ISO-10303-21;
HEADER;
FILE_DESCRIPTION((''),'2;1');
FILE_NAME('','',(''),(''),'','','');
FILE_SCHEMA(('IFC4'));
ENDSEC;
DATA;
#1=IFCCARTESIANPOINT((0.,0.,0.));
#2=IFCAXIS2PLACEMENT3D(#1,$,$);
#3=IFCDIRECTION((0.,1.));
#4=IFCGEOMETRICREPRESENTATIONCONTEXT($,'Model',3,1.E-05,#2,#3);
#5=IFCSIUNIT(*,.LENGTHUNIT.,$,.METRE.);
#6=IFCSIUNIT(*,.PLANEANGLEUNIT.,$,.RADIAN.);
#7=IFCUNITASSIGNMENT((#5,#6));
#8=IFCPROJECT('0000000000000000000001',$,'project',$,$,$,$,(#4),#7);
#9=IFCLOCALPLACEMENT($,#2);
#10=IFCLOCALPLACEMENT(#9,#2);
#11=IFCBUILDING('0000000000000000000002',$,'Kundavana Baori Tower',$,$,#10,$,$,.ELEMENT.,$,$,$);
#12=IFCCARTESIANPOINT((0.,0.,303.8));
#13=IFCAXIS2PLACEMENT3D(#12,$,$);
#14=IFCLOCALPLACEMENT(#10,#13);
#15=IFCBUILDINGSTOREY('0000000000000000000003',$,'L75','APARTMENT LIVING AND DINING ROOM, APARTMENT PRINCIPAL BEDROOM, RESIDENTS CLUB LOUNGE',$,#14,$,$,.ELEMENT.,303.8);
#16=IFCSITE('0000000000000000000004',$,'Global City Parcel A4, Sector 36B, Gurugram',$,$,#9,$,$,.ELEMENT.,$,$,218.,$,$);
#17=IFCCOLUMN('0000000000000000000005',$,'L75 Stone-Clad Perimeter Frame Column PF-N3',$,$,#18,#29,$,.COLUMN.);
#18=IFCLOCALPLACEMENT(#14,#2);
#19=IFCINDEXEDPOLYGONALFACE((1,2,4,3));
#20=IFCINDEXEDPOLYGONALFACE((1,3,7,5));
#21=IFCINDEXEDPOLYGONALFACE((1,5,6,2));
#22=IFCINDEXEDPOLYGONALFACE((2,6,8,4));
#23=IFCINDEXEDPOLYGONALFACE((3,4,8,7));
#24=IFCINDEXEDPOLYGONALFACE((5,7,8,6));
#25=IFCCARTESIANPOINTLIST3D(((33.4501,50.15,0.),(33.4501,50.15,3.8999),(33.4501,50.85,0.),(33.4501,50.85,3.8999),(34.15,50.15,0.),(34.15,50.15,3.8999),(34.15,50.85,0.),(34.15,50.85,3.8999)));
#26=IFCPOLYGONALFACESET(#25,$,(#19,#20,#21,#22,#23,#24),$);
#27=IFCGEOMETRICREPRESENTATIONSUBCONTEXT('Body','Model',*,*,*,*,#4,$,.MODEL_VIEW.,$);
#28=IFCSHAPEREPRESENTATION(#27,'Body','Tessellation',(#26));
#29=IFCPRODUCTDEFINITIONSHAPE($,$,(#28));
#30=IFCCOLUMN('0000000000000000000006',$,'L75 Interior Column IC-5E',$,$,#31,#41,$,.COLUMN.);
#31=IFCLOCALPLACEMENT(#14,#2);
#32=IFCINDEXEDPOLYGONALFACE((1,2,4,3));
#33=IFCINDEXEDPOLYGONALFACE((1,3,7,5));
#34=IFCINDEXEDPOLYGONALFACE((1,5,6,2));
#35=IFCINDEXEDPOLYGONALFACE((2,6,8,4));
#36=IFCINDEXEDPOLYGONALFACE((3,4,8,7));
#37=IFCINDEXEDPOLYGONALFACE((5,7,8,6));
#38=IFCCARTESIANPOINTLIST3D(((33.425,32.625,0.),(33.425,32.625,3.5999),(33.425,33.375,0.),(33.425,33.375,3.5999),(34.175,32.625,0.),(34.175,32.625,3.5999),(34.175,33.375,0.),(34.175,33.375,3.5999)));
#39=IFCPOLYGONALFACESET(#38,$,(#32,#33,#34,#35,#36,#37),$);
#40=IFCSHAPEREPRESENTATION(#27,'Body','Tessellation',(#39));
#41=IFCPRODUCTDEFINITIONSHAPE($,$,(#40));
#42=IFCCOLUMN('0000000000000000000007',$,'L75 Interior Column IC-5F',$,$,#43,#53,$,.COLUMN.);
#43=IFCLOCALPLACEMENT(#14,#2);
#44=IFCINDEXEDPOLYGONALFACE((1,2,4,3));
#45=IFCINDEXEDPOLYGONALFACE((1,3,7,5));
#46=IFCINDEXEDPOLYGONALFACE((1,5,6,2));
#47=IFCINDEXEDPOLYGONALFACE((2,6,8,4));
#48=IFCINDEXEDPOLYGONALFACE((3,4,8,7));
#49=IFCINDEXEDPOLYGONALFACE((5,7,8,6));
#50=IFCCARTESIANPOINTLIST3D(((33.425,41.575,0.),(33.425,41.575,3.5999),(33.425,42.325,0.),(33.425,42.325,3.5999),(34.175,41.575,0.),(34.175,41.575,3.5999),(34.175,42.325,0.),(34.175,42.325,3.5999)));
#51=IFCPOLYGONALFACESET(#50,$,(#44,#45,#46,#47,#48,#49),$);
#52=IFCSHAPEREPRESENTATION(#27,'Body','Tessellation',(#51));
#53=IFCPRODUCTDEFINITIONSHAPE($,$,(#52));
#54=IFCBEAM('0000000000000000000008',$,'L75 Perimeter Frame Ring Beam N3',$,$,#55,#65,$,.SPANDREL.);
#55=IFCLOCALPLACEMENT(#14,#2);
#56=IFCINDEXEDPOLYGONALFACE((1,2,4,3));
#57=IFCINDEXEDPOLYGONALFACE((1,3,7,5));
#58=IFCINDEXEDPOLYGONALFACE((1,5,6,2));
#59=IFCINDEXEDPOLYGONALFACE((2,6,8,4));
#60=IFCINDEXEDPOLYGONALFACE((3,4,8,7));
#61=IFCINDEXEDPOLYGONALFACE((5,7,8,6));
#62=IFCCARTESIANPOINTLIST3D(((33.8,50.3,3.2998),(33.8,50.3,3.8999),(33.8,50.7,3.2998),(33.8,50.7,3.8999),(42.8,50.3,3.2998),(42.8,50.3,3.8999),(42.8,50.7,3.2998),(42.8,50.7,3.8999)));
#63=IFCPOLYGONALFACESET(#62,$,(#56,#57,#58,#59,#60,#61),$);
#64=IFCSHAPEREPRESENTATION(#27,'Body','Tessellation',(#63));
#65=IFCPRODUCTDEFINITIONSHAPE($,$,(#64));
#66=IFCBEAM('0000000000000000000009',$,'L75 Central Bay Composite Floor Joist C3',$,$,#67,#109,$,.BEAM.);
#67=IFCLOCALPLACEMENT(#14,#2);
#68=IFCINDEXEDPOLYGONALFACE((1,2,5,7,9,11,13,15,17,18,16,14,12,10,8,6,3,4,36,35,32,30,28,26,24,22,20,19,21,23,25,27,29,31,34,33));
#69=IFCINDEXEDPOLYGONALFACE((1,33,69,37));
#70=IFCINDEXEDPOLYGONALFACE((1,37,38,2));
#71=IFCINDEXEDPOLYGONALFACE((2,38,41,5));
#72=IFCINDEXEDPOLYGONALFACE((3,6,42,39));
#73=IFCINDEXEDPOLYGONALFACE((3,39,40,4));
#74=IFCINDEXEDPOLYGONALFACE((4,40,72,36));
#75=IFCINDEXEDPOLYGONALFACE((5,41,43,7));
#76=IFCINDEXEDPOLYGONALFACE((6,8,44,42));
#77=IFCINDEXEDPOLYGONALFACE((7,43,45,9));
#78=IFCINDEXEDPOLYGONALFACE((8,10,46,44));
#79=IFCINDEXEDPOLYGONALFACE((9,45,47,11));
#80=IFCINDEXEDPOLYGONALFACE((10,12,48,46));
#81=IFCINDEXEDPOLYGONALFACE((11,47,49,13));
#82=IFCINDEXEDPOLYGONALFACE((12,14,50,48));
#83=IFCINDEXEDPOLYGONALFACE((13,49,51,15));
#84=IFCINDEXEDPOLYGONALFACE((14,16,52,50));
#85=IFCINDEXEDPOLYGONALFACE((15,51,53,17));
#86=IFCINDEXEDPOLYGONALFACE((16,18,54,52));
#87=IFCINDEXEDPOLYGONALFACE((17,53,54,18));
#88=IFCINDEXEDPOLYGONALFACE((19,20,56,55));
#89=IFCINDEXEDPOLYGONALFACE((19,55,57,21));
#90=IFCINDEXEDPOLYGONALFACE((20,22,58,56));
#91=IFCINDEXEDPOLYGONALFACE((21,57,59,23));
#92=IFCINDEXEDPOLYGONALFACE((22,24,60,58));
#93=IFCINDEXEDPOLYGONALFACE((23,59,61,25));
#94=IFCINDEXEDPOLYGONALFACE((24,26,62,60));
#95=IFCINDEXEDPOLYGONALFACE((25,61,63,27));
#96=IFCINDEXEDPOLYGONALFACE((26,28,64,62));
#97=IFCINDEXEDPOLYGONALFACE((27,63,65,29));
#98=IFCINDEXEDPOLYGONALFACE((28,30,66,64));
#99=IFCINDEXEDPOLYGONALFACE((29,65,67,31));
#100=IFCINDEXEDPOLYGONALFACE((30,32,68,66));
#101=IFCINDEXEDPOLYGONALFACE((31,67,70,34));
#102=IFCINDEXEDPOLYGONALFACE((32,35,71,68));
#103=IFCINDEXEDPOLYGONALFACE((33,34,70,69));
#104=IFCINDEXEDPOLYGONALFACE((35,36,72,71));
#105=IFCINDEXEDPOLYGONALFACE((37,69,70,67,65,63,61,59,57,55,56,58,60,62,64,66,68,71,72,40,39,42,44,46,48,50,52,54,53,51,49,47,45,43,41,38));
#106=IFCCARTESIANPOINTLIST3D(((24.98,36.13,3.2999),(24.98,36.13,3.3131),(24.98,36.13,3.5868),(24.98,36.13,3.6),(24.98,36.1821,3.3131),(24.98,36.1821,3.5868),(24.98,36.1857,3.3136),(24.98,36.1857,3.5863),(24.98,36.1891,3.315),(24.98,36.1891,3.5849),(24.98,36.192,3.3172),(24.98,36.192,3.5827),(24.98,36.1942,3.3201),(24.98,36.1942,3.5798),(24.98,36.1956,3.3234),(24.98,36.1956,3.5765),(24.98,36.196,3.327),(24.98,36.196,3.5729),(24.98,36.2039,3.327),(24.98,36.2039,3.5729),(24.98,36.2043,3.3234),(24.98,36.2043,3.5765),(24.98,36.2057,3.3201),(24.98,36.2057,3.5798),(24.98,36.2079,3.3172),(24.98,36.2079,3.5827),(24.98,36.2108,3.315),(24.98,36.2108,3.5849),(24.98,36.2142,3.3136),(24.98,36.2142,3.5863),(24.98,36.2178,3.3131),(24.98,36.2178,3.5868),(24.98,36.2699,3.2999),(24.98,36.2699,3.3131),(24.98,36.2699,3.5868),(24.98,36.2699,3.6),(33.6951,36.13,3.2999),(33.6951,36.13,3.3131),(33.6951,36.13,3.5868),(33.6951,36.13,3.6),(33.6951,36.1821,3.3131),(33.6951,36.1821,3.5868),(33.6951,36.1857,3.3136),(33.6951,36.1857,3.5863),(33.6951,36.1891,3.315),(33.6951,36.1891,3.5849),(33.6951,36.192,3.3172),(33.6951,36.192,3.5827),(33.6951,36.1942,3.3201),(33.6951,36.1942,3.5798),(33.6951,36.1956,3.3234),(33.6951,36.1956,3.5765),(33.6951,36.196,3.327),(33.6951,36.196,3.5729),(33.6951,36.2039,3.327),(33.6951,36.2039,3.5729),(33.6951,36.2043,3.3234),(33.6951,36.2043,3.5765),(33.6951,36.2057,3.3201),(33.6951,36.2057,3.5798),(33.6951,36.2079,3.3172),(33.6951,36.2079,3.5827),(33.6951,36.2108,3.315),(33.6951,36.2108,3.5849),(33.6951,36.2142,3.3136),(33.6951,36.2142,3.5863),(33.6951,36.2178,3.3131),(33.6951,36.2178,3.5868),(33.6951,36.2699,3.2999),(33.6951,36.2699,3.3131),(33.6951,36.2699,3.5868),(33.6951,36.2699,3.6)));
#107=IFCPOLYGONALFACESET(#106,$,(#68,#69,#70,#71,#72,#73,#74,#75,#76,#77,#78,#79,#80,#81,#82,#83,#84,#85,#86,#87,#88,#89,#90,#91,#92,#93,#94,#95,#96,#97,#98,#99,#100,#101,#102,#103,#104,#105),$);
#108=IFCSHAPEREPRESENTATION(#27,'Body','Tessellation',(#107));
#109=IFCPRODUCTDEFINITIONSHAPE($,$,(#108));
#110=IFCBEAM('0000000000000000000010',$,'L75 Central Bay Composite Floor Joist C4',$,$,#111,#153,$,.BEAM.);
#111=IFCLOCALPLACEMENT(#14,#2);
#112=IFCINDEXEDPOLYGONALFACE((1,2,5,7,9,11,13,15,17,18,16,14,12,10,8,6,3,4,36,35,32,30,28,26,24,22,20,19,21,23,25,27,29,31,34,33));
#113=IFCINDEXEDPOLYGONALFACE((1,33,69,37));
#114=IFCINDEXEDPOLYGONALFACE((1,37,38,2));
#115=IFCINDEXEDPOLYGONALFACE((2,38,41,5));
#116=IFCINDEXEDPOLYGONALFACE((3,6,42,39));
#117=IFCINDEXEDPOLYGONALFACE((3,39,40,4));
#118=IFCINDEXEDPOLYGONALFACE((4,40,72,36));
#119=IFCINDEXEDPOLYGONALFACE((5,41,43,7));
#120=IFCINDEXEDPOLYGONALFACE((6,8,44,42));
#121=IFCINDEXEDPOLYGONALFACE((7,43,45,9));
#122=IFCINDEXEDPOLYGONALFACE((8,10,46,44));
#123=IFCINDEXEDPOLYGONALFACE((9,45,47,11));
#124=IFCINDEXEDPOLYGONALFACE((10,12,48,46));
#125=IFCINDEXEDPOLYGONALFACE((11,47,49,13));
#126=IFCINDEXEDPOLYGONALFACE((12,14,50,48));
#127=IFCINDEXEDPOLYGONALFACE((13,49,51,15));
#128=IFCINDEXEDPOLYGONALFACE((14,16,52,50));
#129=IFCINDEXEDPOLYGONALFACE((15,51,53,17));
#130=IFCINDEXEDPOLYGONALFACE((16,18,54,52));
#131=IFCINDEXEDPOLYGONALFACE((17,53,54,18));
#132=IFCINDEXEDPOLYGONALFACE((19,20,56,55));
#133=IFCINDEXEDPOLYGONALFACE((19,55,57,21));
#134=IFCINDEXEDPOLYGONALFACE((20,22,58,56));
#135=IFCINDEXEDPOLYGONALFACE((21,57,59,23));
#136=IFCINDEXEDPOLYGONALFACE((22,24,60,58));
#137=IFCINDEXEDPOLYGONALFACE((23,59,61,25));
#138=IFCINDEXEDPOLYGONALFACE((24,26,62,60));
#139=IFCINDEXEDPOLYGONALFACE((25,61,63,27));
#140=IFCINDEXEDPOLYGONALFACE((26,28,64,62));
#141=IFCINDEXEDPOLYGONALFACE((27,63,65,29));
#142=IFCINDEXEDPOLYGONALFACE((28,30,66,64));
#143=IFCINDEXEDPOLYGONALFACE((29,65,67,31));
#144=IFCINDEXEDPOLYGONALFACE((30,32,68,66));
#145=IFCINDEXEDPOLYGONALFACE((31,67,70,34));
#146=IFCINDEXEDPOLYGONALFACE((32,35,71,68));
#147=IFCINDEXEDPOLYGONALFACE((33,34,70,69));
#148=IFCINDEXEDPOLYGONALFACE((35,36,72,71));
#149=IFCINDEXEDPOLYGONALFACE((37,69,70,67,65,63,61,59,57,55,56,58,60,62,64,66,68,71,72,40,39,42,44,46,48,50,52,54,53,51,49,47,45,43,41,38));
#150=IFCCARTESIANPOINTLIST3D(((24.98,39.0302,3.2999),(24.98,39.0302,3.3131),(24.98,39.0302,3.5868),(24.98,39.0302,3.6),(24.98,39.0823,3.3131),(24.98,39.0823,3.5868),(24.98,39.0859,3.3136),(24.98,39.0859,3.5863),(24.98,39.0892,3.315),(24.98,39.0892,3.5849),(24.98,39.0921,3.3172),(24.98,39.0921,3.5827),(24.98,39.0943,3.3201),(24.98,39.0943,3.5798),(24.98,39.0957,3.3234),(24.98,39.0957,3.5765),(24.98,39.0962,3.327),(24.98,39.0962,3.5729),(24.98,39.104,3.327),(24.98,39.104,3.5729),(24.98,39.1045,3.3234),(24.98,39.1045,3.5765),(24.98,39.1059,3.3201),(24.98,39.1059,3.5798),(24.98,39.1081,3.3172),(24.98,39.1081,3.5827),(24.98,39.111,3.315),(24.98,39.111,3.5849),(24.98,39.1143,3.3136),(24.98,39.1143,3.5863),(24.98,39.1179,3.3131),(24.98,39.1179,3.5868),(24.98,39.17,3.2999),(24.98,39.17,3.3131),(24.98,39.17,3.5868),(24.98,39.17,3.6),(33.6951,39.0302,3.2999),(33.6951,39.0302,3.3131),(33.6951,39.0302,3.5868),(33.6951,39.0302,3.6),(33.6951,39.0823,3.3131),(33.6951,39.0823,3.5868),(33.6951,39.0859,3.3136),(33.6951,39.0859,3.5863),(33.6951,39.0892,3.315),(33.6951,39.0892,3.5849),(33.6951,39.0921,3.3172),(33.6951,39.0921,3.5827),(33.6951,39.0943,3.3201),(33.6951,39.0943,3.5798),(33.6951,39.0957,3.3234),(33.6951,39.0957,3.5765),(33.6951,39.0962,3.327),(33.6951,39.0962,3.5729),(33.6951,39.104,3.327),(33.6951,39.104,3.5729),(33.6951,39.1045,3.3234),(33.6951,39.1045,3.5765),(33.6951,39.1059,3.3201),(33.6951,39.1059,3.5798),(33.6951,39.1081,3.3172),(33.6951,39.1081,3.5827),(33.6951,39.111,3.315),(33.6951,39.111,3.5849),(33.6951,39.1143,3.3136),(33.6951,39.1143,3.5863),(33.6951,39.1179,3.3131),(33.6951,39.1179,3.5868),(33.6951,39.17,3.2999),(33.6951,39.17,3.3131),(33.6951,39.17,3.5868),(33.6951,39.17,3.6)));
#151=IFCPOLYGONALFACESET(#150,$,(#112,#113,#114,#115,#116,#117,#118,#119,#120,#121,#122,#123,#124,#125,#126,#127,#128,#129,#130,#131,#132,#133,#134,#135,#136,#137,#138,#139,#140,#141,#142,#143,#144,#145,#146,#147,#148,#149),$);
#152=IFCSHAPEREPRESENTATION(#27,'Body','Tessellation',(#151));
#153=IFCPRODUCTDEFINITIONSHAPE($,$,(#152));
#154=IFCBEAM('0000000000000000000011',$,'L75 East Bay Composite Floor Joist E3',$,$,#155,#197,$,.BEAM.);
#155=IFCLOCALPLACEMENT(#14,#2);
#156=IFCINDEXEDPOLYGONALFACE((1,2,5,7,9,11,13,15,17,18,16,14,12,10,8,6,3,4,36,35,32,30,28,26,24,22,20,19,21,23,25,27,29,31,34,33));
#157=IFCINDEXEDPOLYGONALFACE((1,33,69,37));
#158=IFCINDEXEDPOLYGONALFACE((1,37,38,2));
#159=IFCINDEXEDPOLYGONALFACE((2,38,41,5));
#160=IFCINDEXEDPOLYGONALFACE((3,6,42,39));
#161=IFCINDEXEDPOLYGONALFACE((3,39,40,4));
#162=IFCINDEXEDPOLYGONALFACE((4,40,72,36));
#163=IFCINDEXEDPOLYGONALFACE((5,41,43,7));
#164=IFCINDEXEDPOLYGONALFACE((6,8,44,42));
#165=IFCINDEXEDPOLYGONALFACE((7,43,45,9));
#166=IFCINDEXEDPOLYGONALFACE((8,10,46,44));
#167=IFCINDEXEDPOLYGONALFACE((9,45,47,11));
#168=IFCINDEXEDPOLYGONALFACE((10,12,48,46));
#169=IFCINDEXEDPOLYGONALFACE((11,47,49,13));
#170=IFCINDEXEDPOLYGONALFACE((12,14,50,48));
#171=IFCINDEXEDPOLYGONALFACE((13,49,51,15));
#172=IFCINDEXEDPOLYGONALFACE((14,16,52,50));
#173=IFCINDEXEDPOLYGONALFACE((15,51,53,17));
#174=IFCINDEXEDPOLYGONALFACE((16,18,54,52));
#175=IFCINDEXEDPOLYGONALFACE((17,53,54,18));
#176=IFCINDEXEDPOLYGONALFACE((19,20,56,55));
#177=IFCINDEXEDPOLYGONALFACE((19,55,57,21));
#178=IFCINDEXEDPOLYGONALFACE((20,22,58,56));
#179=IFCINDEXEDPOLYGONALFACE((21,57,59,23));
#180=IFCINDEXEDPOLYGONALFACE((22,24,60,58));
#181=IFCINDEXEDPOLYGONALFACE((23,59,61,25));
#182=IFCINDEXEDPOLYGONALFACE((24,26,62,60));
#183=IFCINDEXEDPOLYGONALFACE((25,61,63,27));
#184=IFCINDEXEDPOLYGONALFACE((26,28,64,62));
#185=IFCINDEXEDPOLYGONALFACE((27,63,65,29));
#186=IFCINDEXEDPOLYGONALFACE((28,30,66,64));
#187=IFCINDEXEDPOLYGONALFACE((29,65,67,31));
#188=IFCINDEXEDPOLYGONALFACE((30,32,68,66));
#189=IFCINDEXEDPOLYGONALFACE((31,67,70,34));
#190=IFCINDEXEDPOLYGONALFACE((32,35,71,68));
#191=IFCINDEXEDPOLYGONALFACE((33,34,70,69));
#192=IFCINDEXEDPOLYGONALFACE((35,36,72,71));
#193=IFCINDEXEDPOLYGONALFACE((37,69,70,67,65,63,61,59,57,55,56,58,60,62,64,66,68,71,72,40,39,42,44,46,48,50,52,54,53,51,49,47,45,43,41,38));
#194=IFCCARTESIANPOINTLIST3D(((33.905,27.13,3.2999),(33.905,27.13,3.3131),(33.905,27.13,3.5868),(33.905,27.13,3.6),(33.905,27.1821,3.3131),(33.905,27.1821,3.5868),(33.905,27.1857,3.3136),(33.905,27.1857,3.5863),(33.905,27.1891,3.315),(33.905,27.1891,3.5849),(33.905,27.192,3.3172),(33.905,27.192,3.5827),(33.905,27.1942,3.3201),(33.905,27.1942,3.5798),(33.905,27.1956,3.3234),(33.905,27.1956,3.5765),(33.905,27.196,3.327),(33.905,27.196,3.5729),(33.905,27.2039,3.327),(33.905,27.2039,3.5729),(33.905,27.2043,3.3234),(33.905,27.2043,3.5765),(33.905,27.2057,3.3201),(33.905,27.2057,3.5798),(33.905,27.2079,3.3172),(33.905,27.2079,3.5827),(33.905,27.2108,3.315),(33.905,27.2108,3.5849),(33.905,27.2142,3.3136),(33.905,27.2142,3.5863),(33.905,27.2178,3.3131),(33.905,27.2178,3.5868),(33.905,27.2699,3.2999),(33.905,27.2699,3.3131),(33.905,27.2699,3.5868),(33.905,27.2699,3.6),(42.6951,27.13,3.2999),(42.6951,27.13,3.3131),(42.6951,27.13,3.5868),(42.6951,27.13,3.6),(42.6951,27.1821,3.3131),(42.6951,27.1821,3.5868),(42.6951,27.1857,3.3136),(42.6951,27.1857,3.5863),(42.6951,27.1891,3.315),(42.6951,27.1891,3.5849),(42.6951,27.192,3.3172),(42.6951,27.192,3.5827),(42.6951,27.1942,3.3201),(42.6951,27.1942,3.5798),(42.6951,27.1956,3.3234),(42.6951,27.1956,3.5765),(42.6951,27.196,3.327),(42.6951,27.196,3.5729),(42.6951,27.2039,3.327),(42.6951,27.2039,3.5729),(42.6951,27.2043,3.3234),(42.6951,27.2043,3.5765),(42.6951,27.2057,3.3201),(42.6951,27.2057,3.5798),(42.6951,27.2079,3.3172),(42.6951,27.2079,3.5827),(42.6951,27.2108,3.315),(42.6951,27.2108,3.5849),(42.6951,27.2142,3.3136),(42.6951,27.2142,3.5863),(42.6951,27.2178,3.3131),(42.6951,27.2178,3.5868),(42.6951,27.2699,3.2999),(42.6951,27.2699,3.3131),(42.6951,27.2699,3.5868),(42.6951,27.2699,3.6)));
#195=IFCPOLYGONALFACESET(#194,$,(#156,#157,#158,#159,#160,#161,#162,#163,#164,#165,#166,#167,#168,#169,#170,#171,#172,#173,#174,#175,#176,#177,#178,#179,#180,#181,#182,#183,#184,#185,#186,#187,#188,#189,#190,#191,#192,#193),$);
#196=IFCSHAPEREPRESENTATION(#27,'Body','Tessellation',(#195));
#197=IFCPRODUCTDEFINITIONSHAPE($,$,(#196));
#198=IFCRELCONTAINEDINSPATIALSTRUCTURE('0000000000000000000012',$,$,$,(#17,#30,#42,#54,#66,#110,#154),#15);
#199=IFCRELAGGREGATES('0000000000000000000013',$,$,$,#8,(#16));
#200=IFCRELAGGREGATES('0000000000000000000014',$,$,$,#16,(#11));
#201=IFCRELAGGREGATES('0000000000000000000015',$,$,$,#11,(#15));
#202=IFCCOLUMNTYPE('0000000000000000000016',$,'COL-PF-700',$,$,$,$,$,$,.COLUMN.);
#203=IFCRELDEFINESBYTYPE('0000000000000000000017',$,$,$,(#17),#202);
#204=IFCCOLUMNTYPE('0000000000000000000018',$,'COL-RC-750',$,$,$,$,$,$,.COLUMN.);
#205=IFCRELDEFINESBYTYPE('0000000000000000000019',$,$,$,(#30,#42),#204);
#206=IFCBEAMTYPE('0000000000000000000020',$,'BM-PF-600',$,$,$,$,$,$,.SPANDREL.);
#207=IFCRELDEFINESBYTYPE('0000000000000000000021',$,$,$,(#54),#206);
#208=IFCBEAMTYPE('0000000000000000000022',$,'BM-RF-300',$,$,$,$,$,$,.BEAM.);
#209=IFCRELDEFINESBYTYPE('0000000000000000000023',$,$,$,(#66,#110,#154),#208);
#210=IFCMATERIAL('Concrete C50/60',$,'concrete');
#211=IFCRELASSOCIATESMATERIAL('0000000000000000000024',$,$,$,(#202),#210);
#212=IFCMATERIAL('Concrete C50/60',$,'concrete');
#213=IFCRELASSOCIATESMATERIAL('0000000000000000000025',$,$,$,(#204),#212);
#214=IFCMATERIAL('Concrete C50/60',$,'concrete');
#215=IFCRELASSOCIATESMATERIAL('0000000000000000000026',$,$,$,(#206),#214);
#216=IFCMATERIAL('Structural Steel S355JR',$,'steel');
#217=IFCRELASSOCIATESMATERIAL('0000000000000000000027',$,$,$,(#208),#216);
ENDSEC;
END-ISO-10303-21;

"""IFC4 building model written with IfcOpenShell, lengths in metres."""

from ifc_helpers import new_model, si_unit, direction, frame, origin, origin_2d, place, context, subcontext, project, spatial, rectangle, i_section, extrude, material, material_profile, profile_set, type_object, element, save


model = new_model("IFC4")

# Units and contexts
model_context = context("Model", 3, precision=1e-05, world=origin(), true_north=direction((0.0, 1.0)))
body_context = subcontext(model_context, "Body", "Model", "MODEL_VIEW")
ifc_project = project(units=[si_unit("LENGTHUNIT", "METRE"), si_unit("PLANEANGLEUNIT", "RADIAN")], contexts=[model_context])

# Site, building, storey
site_placement = place(None, origin())
site = spatial("IfcSite", under=ifc_project, at=site_placement, Name="Global City Parcel A4, Sector 36B, Gurugram", CompositionType="ELEMENT", RefElevation=218.0)
building_placement = place(site_placement, origin())
building = spatial("IfcBuilding", under=site, at=building_placement, Name="Kundavana Baori Tower", CompositionType="ELEMENT")
storey_placement = place(building_placement, frame((0.0, 0.0, 303.8)))
storey = spatial("IfcBuildingStorey", under=building, at=storey_placement, Name="L75", Description="APARTMENT LIVING AND DINING ROOM, APARTMENT PRINCIPAL BEDROOM, RESIDENTS CLUB LOUNGE", CompositionType="ELEMENT", Elevation=303.8)

# Columns
ifc_material_1 = material(Name="Concrete C50/60", Category="concrete")
ifc_material_profile_1 = material_profile(ifc_material_1, rectangle(XDim=0.7, YDim=0.7, at=origin_2d()), Name="RC PF 700x700")
ifc_profile_set_1 = profile_set([ifc_material_profile_1], Name="Concrete C50/60")
column_type_1 = type_object("IfcColumnType", Name="COL-PF-700", PredefinedType="COLUMN", material=ifc_profile_set_1)
column_placement = place(storey_placement, frame((33.8, 50.5, 0.0), z_axis=(0.0, 0.0, 1.0), x_axis=(1.0, 0.0, 0.0)))
element("IfcColumn", 1, at=column_placement, inside=storey, type_object=column_type_1, Name="L75 Stone-Clad Perimeter Frame Column PF-N3", PredefinedType="COLUMN", context=body_context, shape_type="SweptSolid", body=[
    extrude(rectangle(XDim=0.7, YDim=0.7, at=origin_2d()), origin(), (0.0, 0.0, 1.0), 3.8999),
])
ifc_material_2 = material(Name="Concrete C50/60", Category="concrete")
ifc_material_profile_2 = material_profile(ifc_material_2, rectangle(XDim=0.75, YDim=0.75, at=origin_2d()), Name="RC 750x750")
ifc_profile_set_2 = profile_set([ifc_material_profile_2], Name="Concrete C50/60")
column_type_2 = type_object("IfcColumnType", Name="COL-RC-750", PredefinedType="COLUMN", material=ifc_profile_set_2)
for number, where, z_axis, x_axis, name in (
    (2, (33.8, 33.0, 0.0), (0.0, 0.0, 1.0), (1.0, 0.0, 0.0), "L75 Interior Column IC-5E"),
    (3, (33.8, 41.95, 0.0), (0.0, 0.0, 1.0), (1.0, 0.0, 0.0), "L75 Interior Column IC-5F"),
):
    element("IfcColumn", number, at=place(storey_placement, frame(where, z_axis=z_axis, x_axis=x_axis)), inside=storey, type_object=column_type_2, Name=name, PredefinedType="COLUMN", context=body_context, shape_type="SweptSolid", body=[
        extrude(rectangle(XDim=0.75, YDim=0.75, at=origin_2d()), origin(), (0.0, 0.0, 1.0), 3.5999),
    ])

# Beams
ifc_material_3 = material(Name="Concrete C50/60", Category="concrete")
ifc_material_profile_3 = material_profile(ifc_material_3, rectangle(XDim=0.3999, YDim=0.6001, at=origin_2d()), Name="RC BM 400x600")
ifc_profile_set_3 = profile_set([ifc_material_profile_3], Name="Concrete C50/60")
beam_type_1 = type_object("IfcBeamType", Name="BM-PF-600", PredefinedType="SPANDREL", material=ifc_profile_set_3)
beam_1_placement = place(storey_placement, frame((33.8, 50.5, 3.5999), z_axis=(1.0, 0.0, 0.0), x_axis=(0.0, 1.0, 0.0)))
element("IfcBeam", 4, at=beam_1_placement, inside=storey, type_object=beam_type_1, Name="L75 Perimeter Frame Ring Beam N3", PredefinedType="SPANDREL", context=body_context, shape_type="SweptSolid", body=[
    extrude(rectangle(XDim=0.3999, YDim=0.6001, at=origin_2d()), origin(), (0.0, 0.0, 1.0), 9.0),
])
ifc_material_4 = material(Name="Structural Steel S355JR", Category="steel")
ifc_material_profile_4 = material_profile(ifc_material_4, i_section(OverallWidth=0.1399, OverallDepth=0.3, WebThickness=0.0078, FlangeThickness=0.0132, FilletRadius=0.0139, at=origin_2d()), Name="ISMB 300")
ifc_profile_set_4 = profile_set([ifc_material_profile_4], Name="Structural Steel S355JR")
beam_type_2 = type_object("IfcBeamType", Name="BM-RF-300", PredefinedType="BEAM", material=ifc_profile_set_4)
for number, where, z_axis, x_axis, name in (
    (5, (24.98, 36.2, 3.45), (1.0, 0.0, 0.0), (0.0, 1.0, 0.0), "L75 Central Bay Composite Floor Joist C3"),
    (6, (24.98, 39.1001, 3.45), (1.0, 0.0, 0.0), (0.0, 1.0, 0.0), "L75 Central Bay Composite Floor Joist C4"),
):
    element("IfcBeam", number, at=place(storey_placement, frame(where, z_axis=z_axis, x_axis=x_axis)), inside=storey, type_object=beam_type_2, Name=name, PredefinedType="BEAM", context=body_context, shape_type="SweptSolid", body=[
        extrude(i_section(OverallWidth=0.1399, OverallDepth=0.3, WebThickness=0.0078, FlangeThickness=0.0132, FilletRadius=0.0139, at=origin_2d()), origin(), (0.0, 0.0, 1.0), 8.7151),
    ])
beam_2_placement = place(storey_placement, frame((33.905, 27.2, 3.45), z_axis=(1.0, 0.0, 0.0), x_axis=(0.0, 1.0, 0.0)))
element("IfcBeam", 7, at=beam_2_placement, inside=storey, type_object=beam_type_2, Name="L75 East Bay Composite Floor Joist E3", PredefinedType="BEAM", context=body_context, shape_type="SweptSolid", body=[
    extrude(i_section(OverallWidth=0.1399, OverallDepth=0.3, WebThickness=0.0078, FlangeThickness=0.0132, FilletRadius=0.0139, at=origin_2d()), origin(), (0.0, 0.0, 1.0), 8.79),
])

save(model, "model.ifc")
